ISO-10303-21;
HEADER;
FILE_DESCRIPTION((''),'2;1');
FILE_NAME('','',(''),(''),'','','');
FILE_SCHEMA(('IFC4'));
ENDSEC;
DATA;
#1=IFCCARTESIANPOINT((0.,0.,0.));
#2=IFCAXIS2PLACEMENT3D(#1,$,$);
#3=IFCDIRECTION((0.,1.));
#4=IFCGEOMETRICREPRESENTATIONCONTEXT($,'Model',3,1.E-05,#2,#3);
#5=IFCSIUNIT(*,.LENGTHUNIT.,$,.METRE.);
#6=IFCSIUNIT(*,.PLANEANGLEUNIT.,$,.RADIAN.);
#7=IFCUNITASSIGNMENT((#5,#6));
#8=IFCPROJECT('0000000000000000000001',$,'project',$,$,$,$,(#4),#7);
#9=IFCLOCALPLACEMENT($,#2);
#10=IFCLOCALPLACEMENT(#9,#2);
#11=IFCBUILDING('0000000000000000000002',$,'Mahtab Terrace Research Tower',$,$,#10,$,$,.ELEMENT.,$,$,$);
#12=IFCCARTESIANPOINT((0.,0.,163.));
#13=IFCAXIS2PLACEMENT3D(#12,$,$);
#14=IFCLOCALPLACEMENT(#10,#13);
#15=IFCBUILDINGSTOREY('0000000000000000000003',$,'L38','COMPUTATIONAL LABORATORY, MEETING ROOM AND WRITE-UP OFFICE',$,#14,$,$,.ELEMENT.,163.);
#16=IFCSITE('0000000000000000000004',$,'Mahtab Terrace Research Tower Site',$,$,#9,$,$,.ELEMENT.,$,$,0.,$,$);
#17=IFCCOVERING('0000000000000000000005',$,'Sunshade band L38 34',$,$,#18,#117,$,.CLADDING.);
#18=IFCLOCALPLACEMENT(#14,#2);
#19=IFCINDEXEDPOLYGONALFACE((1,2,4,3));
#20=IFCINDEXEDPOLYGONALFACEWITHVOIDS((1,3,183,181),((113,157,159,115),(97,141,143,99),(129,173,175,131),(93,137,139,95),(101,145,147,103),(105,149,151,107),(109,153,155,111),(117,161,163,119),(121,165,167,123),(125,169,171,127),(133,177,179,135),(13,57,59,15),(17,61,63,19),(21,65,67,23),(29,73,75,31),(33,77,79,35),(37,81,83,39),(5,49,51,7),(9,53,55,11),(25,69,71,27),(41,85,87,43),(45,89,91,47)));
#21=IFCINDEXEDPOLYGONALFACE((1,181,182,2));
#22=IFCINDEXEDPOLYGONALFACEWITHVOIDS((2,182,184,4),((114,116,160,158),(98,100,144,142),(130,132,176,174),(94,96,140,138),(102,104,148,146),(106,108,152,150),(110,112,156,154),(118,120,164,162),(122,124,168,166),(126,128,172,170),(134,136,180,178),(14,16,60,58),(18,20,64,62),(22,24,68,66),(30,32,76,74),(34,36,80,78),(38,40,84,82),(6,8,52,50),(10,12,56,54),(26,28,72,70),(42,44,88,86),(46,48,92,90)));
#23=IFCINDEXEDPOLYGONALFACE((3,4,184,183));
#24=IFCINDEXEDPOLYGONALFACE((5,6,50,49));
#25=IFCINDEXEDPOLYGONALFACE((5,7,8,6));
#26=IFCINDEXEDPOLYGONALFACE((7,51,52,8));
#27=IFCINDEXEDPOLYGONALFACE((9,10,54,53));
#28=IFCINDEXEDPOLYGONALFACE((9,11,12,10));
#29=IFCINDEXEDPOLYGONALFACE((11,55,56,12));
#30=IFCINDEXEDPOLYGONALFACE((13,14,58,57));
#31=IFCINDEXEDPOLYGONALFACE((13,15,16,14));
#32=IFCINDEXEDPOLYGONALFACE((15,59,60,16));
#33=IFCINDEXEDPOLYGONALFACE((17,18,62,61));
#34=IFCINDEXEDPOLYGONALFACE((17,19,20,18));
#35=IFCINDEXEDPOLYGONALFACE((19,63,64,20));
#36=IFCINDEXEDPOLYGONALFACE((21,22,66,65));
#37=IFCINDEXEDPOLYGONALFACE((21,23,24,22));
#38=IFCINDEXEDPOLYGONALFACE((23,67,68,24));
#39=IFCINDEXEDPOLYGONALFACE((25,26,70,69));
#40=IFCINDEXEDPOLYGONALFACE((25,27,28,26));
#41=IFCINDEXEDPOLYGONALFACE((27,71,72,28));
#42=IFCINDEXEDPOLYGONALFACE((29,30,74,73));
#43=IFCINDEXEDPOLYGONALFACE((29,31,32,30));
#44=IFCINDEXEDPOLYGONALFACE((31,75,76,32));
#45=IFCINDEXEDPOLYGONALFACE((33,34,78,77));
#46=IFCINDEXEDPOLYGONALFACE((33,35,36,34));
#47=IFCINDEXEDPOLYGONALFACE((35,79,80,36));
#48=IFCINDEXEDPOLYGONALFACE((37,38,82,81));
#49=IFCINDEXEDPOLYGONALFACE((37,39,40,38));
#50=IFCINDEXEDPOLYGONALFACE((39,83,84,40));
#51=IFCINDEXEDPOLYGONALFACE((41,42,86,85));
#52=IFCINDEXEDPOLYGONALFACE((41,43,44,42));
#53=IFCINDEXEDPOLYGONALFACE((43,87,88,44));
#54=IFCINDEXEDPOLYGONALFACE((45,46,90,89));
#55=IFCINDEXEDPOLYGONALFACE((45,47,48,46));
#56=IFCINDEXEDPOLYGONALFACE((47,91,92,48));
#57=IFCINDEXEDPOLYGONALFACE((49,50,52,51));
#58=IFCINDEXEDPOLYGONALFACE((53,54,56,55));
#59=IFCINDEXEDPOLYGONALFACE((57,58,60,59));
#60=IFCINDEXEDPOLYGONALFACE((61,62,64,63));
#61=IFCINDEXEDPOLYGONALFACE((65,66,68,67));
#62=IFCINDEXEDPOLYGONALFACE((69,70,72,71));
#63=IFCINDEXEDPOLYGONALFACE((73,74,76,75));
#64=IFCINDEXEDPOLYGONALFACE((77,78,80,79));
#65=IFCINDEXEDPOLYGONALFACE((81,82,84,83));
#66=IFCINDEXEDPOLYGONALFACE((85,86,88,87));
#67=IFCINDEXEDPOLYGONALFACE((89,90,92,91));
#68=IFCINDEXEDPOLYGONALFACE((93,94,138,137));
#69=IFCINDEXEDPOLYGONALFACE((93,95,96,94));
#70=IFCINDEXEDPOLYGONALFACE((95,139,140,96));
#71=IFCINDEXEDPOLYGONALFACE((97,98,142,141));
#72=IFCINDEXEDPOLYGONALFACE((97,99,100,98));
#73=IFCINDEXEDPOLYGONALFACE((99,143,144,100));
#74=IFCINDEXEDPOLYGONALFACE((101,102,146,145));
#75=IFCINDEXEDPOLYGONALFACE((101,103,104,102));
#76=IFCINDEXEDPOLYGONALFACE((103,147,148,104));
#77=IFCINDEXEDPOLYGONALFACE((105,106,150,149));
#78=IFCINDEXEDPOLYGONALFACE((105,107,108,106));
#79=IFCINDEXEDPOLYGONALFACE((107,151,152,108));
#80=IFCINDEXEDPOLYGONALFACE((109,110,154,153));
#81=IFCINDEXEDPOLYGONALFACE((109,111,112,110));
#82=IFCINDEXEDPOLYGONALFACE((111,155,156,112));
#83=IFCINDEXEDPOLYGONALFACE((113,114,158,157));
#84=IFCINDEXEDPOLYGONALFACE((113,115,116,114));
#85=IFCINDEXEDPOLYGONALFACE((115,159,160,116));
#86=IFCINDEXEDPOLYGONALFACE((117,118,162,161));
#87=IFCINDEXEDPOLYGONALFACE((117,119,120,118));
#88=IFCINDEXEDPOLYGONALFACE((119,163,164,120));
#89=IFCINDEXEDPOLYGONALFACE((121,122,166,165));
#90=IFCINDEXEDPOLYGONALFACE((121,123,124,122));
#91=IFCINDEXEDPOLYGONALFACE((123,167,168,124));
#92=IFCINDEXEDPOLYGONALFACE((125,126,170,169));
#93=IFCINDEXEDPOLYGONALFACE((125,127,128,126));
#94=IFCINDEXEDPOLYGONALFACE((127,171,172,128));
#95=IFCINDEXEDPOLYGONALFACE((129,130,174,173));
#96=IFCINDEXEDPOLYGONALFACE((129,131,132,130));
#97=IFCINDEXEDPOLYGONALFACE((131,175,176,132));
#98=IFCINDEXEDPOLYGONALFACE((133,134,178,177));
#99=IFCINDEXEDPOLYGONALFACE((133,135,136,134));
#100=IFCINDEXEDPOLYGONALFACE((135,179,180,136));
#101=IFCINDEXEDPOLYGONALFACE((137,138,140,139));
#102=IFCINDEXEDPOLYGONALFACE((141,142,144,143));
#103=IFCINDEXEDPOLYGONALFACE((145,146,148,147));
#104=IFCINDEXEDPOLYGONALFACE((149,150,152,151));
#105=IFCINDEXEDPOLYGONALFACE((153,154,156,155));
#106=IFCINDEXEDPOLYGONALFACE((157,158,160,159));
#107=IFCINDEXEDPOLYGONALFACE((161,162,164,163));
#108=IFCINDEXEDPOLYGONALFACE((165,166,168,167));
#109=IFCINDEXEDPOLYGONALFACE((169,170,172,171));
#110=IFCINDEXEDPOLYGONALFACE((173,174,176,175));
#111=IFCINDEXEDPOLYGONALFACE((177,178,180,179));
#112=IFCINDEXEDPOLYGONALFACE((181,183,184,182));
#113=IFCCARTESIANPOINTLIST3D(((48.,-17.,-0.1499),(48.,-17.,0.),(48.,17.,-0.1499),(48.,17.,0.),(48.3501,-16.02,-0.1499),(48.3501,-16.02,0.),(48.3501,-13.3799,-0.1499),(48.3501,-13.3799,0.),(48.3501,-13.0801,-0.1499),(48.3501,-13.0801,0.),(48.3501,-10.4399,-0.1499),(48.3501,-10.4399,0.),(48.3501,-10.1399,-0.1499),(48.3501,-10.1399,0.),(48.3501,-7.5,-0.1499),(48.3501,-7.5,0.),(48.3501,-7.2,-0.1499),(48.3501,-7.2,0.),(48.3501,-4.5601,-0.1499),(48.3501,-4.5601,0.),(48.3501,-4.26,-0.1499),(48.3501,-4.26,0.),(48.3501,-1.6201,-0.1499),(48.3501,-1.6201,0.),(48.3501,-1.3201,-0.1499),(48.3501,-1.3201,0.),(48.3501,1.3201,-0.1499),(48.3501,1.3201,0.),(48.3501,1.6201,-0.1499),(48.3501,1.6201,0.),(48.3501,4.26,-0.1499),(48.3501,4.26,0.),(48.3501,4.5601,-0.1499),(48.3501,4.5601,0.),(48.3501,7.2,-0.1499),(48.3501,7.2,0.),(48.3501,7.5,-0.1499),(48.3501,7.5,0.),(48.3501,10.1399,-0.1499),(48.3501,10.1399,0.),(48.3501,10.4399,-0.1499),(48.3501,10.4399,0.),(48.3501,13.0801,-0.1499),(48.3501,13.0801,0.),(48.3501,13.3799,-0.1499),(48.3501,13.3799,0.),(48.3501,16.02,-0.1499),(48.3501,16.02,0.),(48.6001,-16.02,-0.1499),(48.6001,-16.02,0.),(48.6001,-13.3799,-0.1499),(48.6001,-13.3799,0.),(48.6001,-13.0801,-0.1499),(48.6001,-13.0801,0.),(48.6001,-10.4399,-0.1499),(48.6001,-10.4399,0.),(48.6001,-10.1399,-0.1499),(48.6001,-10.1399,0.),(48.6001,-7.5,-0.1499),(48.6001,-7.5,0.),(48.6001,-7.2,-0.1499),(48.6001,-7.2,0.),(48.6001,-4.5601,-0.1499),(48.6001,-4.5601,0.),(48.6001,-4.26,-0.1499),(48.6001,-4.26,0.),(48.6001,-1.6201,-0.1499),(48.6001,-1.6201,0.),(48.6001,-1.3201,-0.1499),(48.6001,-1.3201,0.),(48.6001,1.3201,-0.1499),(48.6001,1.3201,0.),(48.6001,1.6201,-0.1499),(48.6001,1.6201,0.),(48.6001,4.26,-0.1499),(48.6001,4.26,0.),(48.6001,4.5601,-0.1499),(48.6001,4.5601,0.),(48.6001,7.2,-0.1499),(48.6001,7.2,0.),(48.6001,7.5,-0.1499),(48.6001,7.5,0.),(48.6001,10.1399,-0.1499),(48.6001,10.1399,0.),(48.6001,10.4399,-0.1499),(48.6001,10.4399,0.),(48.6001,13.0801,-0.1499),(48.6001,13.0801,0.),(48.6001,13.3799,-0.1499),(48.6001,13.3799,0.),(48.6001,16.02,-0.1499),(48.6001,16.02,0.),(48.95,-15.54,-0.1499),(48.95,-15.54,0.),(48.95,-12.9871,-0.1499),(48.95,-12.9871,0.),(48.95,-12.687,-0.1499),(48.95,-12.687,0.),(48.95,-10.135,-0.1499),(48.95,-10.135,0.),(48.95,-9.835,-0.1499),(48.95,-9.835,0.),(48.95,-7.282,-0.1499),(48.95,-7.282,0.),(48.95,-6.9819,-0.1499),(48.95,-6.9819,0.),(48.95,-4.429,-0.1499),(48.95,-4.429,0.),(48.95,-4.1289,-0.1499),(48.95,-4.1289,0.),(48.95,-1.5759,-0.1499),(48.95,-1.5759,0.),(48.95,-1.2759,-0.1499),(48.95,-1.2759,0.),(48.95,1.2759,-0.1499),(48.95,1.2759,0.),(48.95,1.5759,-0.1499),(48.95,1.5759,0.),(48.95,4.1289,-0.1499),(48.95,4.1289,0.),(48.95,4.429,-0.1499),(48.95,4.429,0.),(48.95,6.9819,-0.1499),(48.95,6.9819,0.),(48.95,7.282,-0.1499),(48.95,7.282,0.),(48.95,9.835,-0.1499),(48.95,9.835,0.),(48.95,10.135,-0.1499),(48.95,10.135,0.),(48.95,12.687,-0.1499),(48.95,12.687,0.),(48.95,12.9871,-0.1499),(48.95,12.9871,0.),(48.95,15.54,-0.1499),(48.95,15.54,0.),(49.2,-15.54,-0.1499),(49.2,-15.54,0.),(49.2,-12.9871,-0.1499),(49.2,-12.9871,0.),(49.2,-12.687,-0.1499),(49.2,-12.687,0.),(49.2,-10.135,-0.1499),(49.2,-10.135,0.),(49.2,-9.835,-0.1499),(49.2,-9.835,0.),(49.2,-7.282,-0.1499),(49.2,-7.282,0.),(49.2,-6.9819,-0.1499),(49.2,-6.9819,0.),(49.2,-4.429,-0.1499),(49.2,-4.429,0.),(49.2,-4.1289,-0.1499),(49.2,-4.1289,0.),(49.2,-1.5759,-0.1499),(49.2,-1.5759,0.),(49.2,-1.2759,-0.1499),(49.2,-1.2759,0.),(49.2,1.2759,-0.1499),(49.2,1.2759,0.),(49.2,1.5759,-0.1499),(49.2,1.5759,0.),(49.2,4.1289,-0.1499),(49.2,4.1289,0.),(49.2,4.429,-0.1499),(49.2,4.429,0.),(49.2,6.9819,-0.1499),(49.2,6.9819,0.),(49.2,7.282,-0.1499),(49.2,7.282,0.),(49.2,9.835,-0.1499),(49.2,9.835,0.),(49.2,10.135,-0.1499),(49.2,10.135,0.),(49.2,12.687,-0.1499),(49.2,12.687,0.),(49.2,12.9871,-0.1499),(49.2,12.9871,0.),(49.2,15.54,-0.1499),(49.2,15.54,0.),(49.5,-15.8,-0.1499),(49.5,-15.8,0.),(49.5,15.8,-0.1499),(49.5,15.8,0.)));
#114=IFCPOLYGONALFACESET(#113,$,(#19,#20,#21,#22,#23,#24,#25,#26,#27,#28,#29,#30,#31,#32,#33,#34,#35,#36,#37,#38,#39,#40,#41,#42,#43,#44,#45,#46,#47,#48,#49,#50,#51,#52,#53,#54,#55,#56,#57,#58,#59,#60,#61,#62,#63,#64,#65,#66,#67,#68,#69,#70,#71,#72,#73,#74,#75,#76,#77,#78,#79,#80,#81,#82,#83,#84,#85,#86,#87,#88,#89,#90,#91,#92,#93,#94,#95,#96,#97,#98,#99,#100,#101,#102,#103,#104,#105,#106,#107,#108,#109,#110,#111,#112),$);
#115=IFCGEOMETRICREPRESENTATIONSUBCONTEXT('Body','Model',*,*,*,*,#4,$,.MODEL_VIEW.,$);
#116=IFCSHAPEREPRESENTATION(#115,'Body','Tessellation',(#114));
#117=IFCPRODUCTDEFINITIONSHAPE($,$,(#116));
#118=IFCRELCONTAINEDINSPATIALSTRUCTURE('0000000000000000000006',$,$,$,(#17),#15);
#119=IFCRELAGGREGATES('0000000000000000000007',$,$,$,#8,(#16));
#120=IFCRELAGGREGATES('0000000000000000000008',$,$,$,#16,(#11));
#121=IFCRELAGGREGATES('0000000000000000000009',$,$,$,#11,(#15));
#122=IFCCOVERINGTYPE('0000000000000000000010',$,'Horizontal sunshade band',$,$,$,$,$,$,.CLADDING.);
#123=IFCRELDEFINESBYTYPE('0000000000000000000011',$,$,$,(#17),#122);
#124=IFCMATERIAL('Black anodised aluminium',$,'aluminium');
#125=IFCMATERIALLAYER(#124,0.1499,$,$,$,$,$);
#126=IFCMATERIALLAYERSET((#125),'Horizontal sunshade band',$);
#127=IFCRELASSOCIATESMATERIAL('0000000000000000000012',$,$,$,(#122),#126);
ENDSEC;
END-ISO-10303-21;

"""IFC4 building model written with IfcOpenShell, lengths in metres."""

from ifc_helpers import new_model, si_unit, direction, frame, origin, place, context, subcontext, project, spatial, polyline, outline, extrude, material, layer, layer_set, type_object, element, save


model = new_model("IFC4")

# Units and contexts
model_context = context("Model", 3, precision=1e-05, world=origin(), true_north=direction((0.0, 1.0)))
body_context = subcontext(model_context, "Body", "Model", "MODEL_VIEW")
ifc_project = project(units=[si_unit("LENGTHUNIT", "METRE"), si_unit("PLANEANGLEUNIT", "RADIAN")], contexts=[model_context])

# Site, building, storey
site_placement = place(None, origin())
site = spatial("IfcSite", under=ifc_project, at=site_placement, Name="Mahtab Terrace Research Tower Site", CompositionType="ELEMENT", RefElevation=0.0)
building_placement = place(site_placement, origin())
building = spatial("IfcBuilding", under=site, at=building_placement, Name="Mahtab Terrace Research Tower", CompositionType="ELEMENT")
storey_placement = place(building_placement, frame((0.0, 0.0, 163.0)))
storey = spatial("IfcBuildingStorey", under=building, at=storey_placement, Name="L38", Description="COMPUTATIONAL LABORATORY, MEETING ROOM AND WRITE-UP OFFICE", CompositionType="ELEMENT", Elevation=163.0)

# Covering
ifc_material_1 = material(Name="Black anodised aluminium", Category="aluminium")
ifc_layer_1 = layer(ifc_material_1, 0.1499)
ifc_layer_set_1 = layer_set([ifc_layer_1], Name="Horizontal sunshade band")
covering_type = type_object("IfcCoveringType", Name="Horizontal sunshade band", PredefinedType="CLADDING", material=ifc_layer_set_1)
covering_placement = place(storey_placement, frame((0.0, 0.0, -0.1499)))
element("IfcCovering", 1, at=covering_placement, inside=storey, type_object=covering_type, Name="Sunshade band L38 34", PredefinedType="CLADDING", context=body_context, shape_type="SweptSolid", body=[
    extrude(outline(polyline([(48.0, -17.0), (48.0, 17.0), (49.5, 15.8), (49.5, -15.8), (48.0, -17.0)]), holes=[polyline([(48.3501, -16.02), (48.3501, -13.3799), (48.6001, -13.3799), (48.6001, -16.02), (48.3501, -16.02)]), polyline([(48.3501, -13.0801), (48.3501, -10.4399), (48.6001, -10.4399), (48.6001, -13.0801), (48.3501, -13.0801)]), polyline([(48.3501, -10.1399), (48.3501, -7.5), (48.6001, -7.5), (48.6001, -10.1399), (48.3501, -10.1399)]), polyline([(48.3501, -7.2), (48.3501, -4.5601), (48.6001, -4.5601), (48.6001, -7.2), (48.3501, -7.2)]), polyline([(48.3501, -4.26), (48.3501, -1.6201), (48.6001, -1.6201), (48.6001, -4.26), (48.3501, -4.26)]), polyline([(48.3501, -1.3201), (48.3501, 1.3201), (48.6001, 1.3201), (48.6001, -1.3201), (48.3501, -1.3201)]), polyline([(48.3501, 1.6201), (48.3501, 4.26), (48.6001, 4.26), (48.6001, 1.6201), (48.3501, 1.6201)]), polyline([(48.3501, 4.5601), (48.3501, 7.2), (48.6001, 7.2), (48.6001, 4.5601), (48.3501, 4.5601)]), polyline([(48.3501, 7.5), (48.3501, 10.1399), (48.6001, 10.1399), (48.6001, 7.5), (48.3501, 7.5)]), polyline([(48.3501, 10.4399), (48.3501, 13.0801), (48.6001, 13.0801), (48.6001, 10.4399), (48.3501, 10.4399)]), polyline([(48.3501, 13.3799), (48.3501, 16.02), (48.6001, 16.02), (48.6001, 13.3799), (48.3501, 13.3799)]), polyline([(48.95, -15.54), (48.95, -12.9871), (49.2, -12.9871), (49.2, -15.54), (48.95, -15.54)]), polyline([(48.95, -12.687), (48.95, -10.135), (49.2, -10.135), (49.2, -12.687), (48.95, -12.687)]), polyline([(48.95, -9.835), (48.95, -7.282), (49.2, -7.282), (49.2, -9.835), (48.95, -9.835)]), polyline([(48.95, -6.9819), (48.95, -4.429), (49.2, -4.429), (49.2, -6.9819), (48.95, -6.9819)]), polyline([(48.95, -4.1289), (48.95, -1.5759), (49.2, -1.5759), (49.2, -4.1289), (48.95, -4.1289)]), polyline([(48.95, -1.2759), (48.95, 1.2759), (49.2, 1.2759), (49.2, -1.2759), (48.95, -1.2759)]), polyline([(48.95, 1.5759), (48.95, 4.1289), (49.2, 4.1289), (49.2, 1.5759), (48.95, 1.5759)]), polyline([(48.95, 4.429), (48.95, 6.9819), (49.2, 6.9819), (49.2, 4.429), (48.95, 4.429)]), polyline([(48.95, 7.282), (48.95, 9.835), (49.2, 9.835), (49.2, 7.282), (48.95, 7.282)]), polyline([(48.95, 10.135), (48.95, 12.687), (49.2, 12.687), (49.2, 10.135), (48.95, 10.135)]), polyline([(48.95, 12.9871), (48.95, 15.54), (49.2, 15.54), (49.2, 12.9871), (48.95, 12.9871)])]), origin(), (0.0, 0.0, 1.0), 0.1499),
])

save(model, "model.ifc")
